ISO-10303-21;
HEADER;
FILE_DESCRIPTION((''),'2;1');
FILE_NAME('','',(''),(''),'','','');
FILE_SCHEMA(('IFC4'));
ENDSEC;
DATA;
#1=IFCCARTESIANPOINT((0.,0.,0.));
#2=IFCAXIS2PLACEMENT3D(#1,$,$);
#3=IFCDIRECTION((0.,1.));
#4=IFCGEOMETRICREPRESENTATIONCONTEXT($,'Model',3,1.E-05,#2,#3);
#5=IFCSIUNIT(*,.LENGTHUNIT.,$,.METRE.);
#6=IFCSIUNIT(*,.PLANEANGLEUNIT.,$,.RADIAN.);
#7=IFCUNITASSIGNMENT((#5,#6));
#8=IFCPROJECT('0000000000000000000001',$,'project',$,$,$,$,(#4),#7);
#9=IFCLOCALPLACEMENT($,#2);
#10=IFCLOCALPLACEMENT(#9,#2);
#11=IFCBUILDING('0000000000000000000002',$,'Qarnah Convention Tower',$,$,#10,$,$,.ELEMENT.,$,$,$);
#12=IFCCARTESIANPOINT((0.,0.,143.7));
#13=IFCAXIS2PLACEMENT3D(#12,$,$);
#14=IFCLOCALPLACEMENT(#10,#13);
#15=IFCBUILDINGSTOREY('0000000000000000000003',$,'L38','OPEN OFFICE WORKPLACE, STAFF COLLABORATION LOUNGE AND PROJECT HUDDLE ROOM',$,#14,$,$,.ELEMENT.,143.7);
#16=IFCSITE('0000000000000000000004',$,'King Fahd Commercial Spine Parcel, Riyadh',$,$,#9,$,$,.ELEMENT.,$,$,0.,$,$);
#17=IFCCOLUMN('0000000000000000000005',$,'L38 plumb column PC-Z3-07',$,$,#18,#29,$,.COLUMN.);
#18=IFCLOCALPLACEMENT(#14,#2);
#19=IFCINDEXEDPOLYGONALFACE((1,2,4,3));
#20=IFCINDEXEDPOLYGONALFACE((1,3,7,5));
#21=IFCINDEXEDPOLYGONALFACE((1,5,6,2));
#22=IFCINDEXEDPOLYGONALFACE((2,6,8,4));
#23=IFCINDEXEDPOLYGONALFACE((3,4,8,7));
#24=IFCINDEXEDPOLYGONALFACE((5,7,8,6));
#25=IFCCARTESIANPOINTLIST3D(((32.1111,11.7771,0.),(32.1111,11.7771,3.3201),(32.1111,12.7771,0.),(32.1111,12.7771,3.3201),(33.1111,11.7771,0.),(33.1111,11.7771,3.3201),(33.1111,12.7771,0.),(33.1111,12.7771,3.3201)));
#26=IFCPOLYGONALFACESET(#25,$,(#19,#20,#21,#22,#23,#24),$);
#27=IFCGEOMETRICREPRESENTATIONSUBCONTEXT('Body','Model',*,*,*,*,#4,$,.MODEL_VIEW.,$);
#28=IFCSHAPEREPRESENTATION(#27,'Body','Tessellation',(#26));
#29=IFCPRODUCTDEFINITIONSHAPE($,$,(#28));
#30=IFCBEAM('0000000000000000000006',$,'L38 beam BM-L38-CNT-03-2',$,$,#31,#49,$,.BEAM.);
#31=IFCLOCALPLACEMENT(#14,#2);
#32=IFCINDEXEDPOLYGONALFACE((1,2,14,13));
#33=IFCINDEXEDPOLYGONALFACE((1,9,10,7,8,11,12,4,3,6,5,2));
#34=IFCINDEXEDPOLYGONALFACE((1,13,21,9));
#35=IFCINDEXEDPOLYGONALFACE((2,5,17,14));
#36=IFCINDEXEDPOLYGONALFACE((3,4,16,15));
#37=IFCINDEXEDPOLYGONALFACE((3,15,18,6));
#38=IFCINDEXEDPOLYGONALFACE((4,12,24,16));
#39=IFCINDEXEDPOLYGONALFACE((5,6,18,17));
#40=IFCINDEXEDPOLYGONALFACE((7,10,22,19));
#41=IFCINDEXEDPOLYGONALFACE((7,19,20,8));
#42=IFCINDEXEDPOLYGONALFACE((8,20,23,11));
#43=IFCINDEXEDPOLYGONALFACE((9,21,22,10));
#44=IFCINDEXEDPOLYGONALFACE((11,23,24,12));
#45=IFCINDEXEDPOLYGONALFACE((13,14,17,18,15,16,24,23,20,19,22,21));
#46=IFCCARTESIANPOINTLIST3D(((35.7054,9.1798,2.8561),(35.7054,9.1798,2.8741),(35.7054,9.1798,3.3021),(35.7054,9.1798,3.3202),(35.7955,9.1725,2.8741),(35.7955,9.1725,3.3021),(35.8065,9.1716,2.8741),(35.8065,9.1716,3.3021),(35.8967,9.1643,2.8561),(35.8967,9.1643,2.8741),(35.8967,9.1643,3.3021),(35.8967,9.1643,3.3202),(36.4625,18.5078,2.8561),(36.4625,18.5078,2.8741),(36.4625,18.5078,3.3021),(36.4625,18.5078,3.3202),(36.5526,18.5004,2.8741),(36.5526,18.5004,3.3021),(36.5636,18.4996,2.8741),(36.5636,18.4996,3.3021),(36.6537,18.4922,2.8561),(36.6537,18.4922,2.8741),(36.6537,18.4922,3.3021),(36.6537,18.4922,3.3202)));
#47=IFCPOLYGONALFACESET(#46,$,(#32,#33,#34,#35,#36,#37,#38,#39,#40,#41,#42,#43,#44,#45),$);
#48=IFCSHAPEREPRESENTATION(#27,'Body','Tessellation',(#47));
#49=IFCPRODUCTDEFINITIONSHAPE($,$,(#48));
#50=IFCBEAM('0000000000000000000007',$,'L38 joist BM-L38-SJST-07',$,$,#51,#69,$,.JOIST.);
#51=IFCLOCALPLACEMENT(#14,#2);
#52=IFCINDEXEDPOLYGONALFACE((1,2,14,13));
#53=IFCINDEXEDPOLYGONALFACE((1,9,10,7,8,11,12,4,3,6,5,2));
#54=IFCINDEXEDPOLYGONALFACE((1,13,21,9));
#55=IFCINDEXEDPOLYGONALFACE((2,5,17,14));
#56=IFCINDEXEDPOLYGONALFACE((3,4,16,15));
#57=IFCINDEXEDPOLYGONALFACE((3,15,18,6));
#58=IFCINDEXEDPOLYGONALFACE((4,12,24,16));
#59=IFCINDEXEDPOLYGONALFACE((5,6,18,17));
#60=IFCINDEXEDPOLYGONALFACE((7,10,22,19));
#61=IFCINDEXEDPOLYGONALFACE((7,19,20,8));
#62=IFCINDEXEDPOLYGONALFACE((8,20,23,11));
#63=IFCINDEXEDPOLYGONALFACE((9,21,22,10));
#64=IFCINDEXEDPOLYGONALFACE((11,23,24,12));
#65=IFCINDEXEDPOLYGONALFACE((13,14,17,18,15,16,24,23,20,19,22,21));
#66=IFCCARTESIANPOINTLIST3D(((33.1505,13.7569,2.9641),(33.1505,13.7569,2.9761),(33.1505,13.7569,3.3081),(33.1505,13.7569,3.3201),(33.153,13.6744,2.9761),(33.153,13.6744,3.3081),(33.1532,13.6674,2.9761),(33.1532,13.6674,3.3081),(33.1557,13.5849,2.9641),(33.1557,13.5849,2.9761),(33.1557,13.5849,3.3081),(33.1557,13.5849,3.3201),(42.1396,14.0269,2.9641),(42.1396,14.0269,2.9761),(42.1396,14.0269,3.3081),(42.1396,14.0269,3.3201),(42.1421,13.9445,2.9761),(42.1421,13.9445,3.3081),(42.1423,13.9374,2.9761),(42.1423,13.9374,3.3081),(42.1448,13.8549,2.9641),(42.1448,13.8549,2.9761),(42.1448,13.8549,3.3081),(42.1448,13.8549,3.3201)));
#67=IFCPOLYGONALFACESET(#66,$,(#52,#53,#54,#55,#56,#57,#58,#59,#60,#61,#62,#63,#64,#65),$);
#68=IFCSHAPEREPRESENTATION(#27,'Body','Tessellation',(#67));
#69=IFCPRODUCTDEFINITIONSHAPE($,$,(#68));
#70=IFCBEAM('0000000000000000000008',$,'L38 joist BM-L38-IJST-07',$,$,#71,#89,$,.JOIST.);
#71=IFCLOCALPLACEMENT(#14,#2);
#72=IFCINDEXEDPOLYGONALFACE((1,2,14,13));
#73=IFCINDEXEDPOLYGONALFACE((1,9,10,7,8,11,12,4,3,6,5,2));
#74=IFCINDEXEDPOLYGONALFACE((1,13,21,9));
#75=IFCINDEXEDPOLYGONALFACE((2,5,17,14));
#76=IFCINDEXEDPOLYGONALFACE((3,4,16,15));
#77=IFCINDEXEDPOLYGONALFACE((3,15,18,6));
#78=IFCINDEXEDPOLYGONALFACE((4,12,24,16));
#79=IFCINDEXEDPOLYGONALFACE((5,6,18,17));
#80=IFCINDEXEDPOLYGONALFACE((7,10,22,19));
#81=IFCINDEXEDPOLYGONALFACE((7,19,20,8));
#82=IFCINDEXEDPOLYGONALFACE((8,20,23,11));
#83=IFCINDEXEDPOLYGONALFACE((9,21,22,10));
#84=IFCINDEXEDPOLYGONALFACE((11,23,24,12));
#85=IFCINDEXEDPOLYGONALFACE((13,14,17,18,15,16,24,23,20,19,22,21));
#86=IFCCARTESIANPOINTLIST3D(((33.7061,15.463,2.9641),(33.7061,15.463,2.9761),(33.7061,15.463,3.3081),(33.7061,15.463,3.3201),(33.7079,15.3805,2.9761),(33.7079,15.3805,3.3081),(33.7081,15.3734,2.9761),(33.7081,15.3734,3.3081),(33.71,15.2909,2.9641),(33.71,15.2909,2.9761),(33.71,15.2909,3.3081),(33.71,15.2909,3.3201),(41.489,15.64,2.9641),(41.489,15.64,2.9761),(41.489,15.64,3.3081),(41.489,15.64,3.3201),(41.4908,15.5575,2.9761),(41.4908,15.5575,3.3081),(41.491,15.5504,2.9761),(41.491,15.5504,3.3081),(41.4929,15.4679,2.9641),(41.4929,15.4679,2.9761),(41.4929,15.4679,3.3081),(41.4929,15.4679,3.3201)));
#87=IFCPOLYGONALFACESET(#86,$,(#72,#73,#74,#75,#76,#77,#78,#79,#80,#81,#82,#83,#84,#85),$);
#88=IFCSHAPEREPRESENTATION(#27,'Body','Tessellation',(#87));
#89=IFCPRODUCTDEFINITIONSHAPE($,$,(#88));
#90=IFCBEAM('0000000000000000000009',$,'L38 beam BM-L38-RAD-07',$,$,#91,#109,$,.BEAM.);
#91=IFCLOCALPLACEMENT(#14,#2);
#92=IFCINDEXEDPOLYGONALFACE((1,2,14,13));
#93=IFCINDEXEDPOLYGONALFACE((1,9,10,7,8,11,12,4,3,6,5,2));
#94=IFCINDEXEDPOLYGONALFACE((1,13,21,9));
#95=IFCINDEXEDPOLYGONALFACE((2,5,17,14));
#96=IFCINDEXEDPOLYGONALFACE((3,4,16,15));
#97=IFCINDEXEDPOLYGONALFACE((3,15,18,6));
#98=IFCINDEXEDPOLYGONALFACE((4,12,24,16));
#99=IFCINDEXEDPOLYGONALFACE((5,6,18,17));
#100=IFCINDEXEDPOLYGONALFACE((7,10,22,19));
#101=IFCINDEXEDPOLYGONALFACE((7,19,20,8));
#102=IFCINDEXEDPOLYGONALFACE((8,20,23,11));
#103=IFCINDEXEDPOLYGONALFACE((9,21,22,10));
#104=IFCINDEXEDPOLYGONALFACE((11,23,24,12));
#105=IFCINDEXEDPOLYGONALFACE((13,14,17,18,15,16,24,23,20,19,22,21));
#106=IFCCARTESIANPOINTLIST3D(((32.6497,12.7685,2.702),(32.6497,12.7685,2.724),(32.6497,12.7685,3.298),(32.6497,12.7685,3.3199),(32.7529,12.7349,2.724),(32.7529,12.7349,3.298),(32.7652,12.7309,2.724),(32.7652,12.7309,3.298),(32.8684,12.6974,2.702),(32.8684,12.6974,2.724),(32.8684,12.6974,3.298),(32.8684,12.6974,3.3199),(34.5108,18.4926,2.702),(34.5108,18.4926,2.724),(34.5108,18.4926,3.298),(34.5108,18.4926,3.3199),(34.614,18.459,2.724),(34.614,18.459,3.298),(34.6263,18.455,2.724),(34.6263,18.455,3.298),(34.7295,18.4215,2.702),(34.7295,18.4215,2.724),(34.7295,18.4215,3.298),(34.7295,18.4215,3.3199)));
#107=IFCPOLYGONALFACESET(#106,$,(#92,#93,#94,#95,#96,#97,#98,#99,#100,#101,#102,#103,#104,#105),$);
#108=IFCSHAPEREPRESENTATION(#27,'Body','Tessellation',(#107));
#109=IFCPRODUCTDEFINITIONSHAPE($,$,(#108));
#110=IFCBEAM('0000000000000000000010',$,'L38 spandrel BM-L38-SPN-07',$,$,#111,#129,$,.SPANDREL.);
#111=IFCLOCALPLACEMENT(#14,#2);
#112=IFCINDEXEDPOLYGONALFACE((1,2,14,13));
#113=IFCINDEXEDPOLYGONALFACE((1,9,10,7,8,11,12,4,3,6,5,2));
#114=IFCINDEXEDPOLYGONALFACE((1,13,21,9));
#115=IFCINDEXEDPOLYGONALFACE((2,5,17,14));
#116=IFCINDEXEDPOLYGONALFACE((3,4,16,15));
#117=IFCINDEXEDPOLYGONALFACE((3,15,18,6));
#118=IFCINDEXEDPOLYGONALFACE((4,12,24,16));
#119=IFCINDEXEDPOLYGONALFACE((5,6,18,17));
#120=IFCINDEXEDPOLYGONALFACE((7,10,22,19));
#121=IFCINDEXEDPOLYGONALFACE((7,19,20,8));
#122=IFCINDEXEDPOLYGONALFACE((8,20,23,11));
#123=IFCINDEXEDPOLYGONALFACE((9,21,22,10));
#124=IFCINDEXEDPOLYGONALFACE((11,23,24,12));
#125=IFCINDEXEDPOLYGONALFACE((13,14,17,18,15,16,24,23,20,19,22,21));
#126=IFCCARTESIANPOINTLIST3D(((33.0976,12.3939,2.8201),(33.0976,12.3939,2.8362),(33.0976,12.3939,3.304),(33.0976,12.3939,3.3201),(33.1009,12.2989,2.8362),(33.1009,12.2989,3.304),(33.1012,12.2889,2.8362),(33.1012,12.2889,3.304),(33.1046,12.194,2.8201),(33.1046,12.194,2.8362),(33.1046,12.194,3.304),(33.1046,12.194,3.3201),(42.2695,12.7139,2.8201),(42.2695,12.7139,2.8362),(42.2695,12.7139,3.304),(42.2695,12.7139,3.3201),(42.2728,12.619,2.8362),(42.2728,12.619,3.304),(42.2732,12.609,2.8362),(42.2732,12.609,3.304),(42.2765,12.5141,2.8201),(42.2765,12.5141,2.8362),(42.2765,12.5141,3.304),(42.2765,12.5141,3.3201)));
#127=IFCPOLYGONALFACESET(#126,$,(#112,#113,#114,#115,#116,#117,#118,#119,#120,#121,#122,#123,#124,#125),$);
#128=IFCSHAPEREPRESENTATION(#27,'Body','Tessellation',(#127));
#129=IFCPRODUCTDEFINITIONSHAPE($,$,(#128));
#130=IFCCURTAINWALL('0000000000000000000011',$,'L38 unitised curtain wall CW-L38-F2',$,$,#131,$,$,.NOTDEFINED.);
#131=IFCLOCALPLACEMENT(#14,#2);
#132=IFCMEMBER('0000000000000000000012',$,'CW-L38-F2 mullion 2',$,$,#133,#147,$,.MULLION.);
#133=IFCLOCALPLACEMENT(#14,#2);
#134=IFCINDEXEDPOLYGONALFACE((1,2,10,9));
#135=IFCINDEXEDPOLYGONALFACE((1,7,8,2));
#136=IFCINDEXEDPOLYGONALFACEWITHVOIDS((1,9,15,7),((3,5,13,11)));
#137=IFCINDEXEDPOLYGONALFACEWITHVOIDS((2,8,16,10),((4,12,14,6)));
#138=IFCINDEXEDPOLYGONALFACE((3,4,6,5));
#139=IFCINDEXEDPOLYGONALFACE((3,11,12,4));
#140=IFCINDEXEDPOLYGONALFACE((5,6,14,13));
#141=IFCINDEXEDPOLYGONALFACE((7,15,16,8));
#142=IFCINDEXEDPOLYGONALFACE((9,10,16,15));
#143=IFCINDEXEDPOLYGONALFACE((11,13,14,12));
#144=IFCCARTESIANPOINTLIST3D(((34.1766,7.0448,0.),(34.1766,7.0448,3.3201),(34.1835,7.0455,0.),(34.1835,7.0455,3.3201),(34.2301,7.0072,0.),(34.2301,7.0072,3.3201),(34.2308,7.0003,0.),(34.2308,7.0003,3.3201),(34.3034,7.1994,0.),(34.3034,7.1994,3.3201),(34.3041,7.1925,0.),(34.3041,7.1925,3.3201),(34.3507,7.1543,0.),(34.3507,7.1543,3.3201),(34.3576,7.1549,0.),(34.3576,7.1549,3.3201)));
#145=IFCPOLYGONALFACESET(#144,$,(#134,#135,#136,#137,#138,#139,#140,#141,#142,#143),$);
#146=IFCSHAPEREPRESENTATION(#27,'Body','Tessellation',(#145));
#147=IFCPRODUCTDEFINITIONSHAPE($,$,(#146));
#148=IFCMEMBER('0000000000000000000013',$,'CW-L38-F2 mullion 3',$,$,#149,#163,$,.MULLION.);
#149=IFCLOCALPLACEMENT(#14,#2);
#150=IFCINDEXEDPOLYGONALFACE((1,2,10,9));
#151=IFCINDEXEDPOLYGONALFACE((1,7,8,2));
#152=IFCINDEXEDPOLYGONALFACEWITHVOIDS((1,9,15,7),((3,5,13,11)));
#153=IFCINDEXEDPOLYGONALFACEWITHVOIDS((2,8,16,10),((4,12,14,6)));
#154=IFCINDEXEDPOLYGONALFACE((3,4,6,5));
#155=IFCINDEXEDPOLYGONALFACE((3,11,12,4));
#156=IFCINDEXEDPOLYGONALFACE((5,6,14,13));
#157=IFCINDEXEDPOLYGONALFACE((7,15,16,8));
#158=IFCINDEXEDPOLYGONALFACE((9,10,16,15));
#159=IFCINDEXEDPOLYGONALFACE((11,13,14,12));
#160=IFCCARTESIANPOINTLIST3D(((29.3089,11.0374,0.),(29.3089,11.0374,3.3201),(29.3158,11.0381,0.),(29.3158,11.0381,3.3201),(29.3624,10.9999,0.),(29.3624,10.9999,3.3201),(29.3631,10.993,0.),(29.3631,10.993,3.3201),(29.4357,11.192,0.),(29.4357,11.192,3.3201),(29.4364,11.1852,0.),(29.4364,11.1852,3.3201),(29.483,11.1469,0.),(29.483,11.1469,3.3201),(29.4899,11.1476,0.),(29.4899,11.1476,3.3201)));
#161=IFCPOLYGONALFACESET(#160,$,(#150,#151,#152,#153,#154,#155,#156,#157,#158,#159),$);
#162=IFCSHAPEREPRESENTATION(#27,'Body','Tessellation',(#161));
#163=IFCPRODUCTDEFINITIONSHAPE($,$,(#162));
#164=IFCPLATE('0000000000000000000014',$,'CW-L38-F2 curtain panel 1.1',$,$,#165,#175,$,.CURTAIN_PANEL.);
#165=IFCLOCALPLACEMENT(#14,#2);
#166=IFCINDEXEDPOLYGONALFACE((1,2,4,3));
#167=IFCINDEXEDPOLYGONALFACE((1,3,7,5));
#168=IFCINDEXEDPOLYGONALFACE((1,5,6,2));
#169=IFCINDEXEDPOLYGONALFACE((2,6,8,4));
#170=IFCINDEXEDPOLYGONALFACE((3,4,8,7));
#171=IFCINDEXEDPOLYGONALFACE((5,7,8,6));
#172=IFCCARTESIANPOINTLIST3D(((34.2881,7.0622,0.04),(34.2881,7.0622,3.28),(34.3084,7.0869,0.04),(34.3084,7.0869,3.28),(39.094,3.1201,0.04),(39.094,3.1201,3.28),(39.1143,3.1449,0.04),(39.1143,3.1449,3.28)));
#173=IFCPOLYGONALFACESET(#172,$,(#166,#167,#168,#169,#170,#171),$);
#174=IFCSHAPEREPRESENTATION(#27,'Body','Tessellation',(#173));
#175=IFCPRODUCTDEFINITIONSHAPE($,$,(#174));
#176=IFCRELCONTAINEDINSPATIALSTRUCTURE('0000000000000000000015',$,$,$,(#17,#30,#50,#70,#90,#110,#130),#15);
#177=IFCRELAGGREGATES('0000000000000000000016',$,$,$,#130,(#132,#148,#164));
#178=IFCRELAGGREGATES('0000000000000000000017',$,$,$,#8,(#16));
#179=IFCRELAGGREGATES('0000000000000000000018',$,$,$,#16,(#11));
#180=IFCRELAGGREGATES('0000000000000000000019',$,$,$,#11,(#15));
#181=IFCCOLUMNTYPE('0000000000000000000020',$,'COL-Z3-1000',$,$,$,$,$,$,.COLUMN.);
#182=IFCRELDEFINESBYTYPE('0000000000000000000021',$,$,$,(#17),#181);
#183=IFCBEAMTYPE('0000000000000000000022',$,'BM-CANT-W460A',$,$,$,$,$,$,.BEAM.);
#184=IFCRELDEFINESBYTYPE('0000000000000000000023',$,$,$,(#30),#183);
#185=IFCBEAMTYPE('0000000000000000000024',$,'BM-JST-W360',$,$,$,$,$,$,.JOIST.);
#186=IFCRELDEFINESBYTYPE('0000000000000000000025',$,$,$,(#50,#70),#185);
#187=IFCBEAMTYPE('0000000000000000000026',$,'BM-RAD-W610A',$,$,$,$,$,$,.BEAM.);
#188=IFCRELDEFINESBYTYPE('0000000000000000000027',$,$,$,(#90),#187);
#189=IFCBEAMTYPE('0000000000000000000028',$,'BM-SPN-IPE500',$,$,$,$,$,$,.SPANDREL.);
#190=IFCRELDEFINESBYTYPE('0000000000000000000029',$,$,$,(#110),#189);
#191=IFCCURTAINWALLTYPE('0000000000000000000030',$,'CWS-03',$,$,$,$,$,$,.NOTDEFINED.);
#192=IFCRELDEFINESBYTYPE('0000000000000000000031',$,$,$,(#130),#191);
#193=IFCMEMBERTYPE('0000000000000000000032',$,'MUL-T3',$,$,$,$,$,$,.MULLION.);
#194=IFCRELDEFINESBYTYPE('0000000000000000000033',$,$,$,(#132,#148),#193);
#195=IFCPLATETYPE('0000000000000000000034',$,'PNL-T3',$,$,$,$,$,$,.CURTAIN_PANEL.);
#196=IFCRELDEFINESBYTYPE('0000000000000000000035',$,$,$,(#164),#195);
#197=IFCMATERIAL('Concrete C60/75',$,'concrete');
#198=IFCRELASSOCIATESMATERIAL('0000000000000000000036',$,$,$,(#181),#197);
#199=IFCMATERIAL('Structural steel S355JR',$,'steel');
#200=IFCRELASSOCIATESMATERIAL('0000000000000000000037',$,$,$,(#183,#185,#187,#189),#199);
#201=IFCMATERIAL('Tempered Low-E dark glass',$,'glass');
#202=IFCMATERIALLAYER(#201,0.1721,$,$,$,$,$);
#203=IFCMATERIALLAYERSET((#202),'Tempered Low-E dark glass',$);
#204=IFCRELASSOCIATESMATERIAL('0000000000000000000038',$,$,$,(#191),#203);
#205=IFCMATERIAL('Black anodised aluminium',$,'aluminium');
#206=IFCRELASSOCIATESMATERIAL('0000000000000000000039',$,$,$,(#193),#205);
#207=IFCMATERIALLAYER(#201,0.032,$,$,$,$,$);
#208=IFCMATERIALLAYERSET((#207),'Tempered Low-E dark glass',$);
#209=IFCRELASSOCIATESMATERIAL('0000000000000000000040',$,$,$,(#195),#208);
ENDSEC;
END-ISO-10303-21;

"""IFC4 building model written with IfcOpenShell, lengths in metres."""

from ifc_helpers import new_model, si_unit, direction, frame, origin, origin_2d, place, context, subcontext, project, spatial, rectangle, hollow_rectangle, i_section, extrude, material, layer, layer_set, material_profile, profile_set, type_object, element, aggregate, save


model = new_model("IFC4")

# Units and contexts
model_context = context("Model", 3, precision=1e-05, world=origin(), true_north=direction((0.0, 1.0)))
body_context = subcontext(model_context, "Body", "Model", "MODEL_VIEW")
ifc_project = project(units=[si_unit("LENGTHUNIT", "METRE"), si_unit("PLANEANGLEUNIT", "RADIAN")], contexts=[model_context])

# Site, building, storey
site_placement = place(None, origin())
site = spatial("IfcSite", under=ifc_project, at=site_placement, Name="King Fahd Commercial Spine Parcel, Riyadh", CompositionType="ELEMENT", RefElevation=0.0)
building_placement = place(site_placement, origin())
building = spatial("IfcBuilding", under=site, at=building_placement, Name="Qarnah Convention Tower", CompositionType="ELEMENT")
storey_placement = place(building_placement, frame((0.0, 0.0, 143.7)))
storey = spatial("IfcBuildingStorey", under=building, at=storey_placement, Name="L38", Description="OPEN OFFICE WORKPLACE, STAFF COLLABORATION LOUNGE AND PROJECT HUDDLE ROOM", CompositionType="ELEMENT", Elevation=143.7)

# Column
ifc_material_1 = material(Name="Concrete C60/75", Category="concrete")
ifc_material_profile_1 = material_profile(ifc_material_1, rectangle(XDim=1.0, YDim=1.0, at=origin_2d()), Name="RC-COL-1000X1000")
ifc_profile_set_1 = profile_set([ifc_material_profile_1], Name="Concrete C60/75")
column_type = type_object("IfcColumnType", Name="COL-Z3-1000", PredefinedType="COLUMN", material=ifc_profile_set_1)
column_placement = place(storey_placement, frame((32.6111, 12.2771, 0.0), z_axis=(0.0, 0.0, 1.0), x_axis=(1.0, 0.0, 0.0)))
element("IfcColumn", 1, at=column_placement, inside=storey, type_object=column_type, Name="L38 plumb column PC-Z3-07", PredefinedType="COLUMN", context=body_context, shape_type="SweptSolid", body=[
    extrude(rectangle(XDim=1.0, YDim=1.0, at=origin_2d()), origin(), (0.0, 0.0, 1.0), 3.3201),
])

# Beams
ifc_material_2 = material(Name="Structural steel S355JR", Category="steel")
ifc_material_profile_2 = material_profile(ifc_material_2, i_section(OverallWidth=0.1919, OverallDepth=0.4641, WebThickness=0.011, FlangeThickness=0.0181, at=origin_2d()), Name="W460X89")
ifc_profile_set_2 = profile_set([ifc_material_profile_2], Name="Structural steel S355JR")
beam_type_1 = type_object("IfcBeamType", Name="BM-CANT-W460A", PredefinedType="BEAM", material=ifc_profile_set_2)
beam_1_placement = place(storey_placement, frame((36.5581, 18.5, 3.0881), z_axis=(-0.080897, -0.996722, 0.0), x_axis=(0.996722, -0.080897, 0.0)))
element("IfcBeam", 2, at=beam_1_placement, inside=storey, type_object=beam_type_1, Name="L38 beam BM-L38-CNT-03-2", PredefinedType="BEAM", context=body_context, shape_type="SweptSolid", body=[
    extrude(i_section(OverallWidth=0.1919, OverallDepth=0.4641, WebThickness=0.011, FlangeThickness=0.0181, at=origin_2d()), origin(), (0.0, 0.0, 1.0), 9.3586),
])
ifc_material_profile_3 = material_profile(ifc_material_2, i_section(OverallWidth=0.1721, OverallDepth=0.356, WebThickness=0.0071, FlangeThickness=0.012, at=origin_2d()), Name="W360X51")
ifc_profile_set_3 = profile_set([ifc_material_profile_3], Name="Structural steel S355JR")
beam_type_2 = type_object("IfcBeamType", Name="BM-JST-W360", PredefinedType="JOIST", material=ifc_profile_set_3)
beam_2_placement = place(storey_placement, frame((33.1531, 13.6709, 3.1421), z_axis=(0.999549, 0.030025, 0.0), x_axis=(-0.030025, 0.999549, 0.0)))
element("IfcBeam", 3, at=beam_2_placement, inside=storey, type_object=beam_type_2, Name="L38 joist BM-L38-SJST-07", PredefinedType="JOIST", context=body_context, shape_type="SweptSolid", body=[
    extrude(i_section(OverallWidth=0.1721, OverallDepth=0.356, WebThickness=0.0071, FlangeThickness=0.012, at=origin_2d()), origin(), (0.0, 0.0, 1.0), 8.9932),
])
beam_3_placement = place(storey_placement, frame((33.708, 15.377, 3.1421), z_axis=(0.999741, 0.022736, 0.0), x_axis=(-0.022736, 0.999741, 0.0)))
element("IfcBeam", 4, at=beam_3_placement, inside=storey, type_object=beam_type_2, Name="L38 joist BM-L38-IJST-07", PredefinedType="JOIST", context=body_context, shape_type="SweptSolid", body=[
    extrude(i_section(OverallWidth=0.1721, OverallDepth=0.356, WebThickness=0.0071, FlangeThickness=0.012, at=origin_2d()), origin(), (0.0, 0.0, 1.0), 7.7849),
])
ifc_material_profile_4 = material_profile(ifc_material_2, i_section(OverallWidth=0.23, OverallDepth=0.6179, WebThickness=0.0129, FlangeThickness=0.022, at=origin_2d()), Name="W610X140")
ifc_profile_set_4 = profile_set([ifc_material_profile_4], Name="Structural steel S355JR")
beam_type_3 = type_object("IfcBeamType", Name="BM-RAD-W610A", PredefinedType="BEAM", material=ifc_profile_set_4)
beam_4_placement = place(storey_placement, frame((34.6201, 18.457, 3.011), z_axis=(-0.309198, -0.950998, 0.0), x_axis=(0.950998, -0.309198, 0.0)))
element("IfcBeam", 5, at=beam_4_placement, inside=storey, type_object=beam_type_3, Name="L38 beam BM-L38-RAD-07", PredefinedType="BEAM", context=body_context, shape_type="SweptSolid", body=[
    extrude(i_section(OverallWidth=0.23, OverallDepth=0.6179, WebThickness=0.0129, FlangeThickness=0.022, at=origin_2d()), origin(), (0.0, 0.0, 1.0), 6.019),
])
ifc_material_profile_5 = material_profile(ifc_material_2, i_section(OverallWidth=0.2, OverallDepth=0.5, WebThickness=0.01, FlangeThickness=0.0161, at=origin_2d()), Name="IPE500")
ifc_profile_set_5 = profile_set([ifc_material_profile_5], Name="Structural steel S355JR")
beam_type_4 = type_object("IfcBeamType", Name="BM-SPN-IPE500", PredefinedType="SPANDREL", material=ifc_profile_set_5)
beam_5_placement = place(storey_placement, frame((33.1011, 12.2939, 3.0701), z_axis=(0.999392, 0.034875, 0.0), x_axis=(-0.034875, 0.999392, 0.0)))
element("IfcBeam", 6, at=beam_5_placement, inside=storey, type_object=beam_type_4, Name="L38 spandrel BM-L38-SPN-07", PredefinedType="SPANDREL", context=body_context, shape_type="SweptSolid", body=[
    extrude(i_section(OverallWidth=0.2, OverallDepth=0.5, WebThickness=0.01, FlangeThickness=0.0161, at=origin_2d()), origin(), (0.0, 0.0, 1.0), 9.1775),
])

# Curtain wall, members, plate
ifc_material_3 = material(Name="Tempered Low-E dark glass", Category="glass")
ifc_layer_1 = layer(ifc_material_3, 0.1721)
ifc_layer_set_1 = layer_set([ifc_layer_1], Name="Tempered Low-E dark glass")
curtain_wall_type = type_object("IfcCurtainWallType", Name="CWS-03", PredefinedType="NOTDEFINED", material=ifc_layer_set_1)
curtain_wall_placement = place(storey_placement, origin())
curtain_wall = element("IfcCurtainWall", 7, at=curtain_wall_placement, inside=storey, type_object=curtain_wall_type, Name="L38 unitised curtain wall CW-L38-F2", PredefinedType="NOTDEFINED")
ifc_material_4 = material(Name="Black anodised aluminium", Category="aluminium")
ifc_material_profile_6 = material_profile(ifc_material_4, hollow_rectangle(XDim=0.0701, YDim=0.2, WallThickness=0.0049, at=origin_2d()), Name="MUL-70X200")
ifc_profile_set_6 = profile_set([ifc_material_profile_6], Name="Black anodised aluminium")
member_type = type_object("IfcMemberType", Name="MUL-T3", PredefinedType="MULLION", material=ifc_profile_set_6)
member_1_placement = place(storey_placement, frame((34.2671, 7.0999, 0.0), z_axis=(0.0, 0.0, 1.0), x_axis=(-0.773174, 0.634194, 0.0)))
member_1 = element("IfcMember", 8, at=member_1_placement, type_object=member_type, Name="CW-L38-F2 mullion 2", PredefinedType="MULLION", context=body_context, shape_type="SweptSolid", body=[
    extrude(hollow_rectangle(XDim=0.0701, YDim=0.2, WallThickness=0.0049, at=origin_2d()), origin(), (0.0, 0.0, 1.0), 3.3201),
])
member_2_placement = place(storey_placement, frame((29.3994, 11.0925, 0.0), z_axis=(0.0, 0.0, 1.0), x_axis=(-0.773174, 0.634194, 0.0)))
member_2 = element("IfcMember", 9, at=member_2_placement, type_object=member_type, Name="CW-L38-F2 mullion 3", PredefinedType="MULLION", context=body_context, shape_type="SweptSolid", body=[
    extrude(hollow_rectangle(XDim=0.0701, YDim=0.2, WallThickness=0.0049, at=origin_2d()), origin(), (0.0, 0.0, 1.0), 3.3201),
])
ifc_layer_2 = layer(ifc_material_3, 0.032)
ifc_layer_set_2 = layer_set([ifc_layer_2], Name="Tempered Low-E dark glass")
plate_type = type_object("IfcPlateType", Name="PNL-T3", PredefinedType="CURTAIN_PANEL", material=ifc_layer_set_2)
plate_1_placement = place(storey_placement, frame((36.7012, 5.1035, 0.04), z_axis=(0.0, 0.0, 1.0), x_axis=(-0.773174, 0.634194, 0.0)))
plate_1 = element("IfcPlate", 10, at=plate_1_placement, type_object=plate_type, Name="CW-L38-F2 curtain panel 1.1", PredefinedType="CURTAIN_PANEL", context=body_context, shape_type="SweptSolid", body=[
    extrude(rectangle(XDim=6.2158, YDim=0.032, at=origin_2d()), origin(), (0.0, 0.0, 1.0), 3.24),
])
aggregate(curtain_wall, [member_1, member_2, plate_1])

save(model, "model.ifc")
